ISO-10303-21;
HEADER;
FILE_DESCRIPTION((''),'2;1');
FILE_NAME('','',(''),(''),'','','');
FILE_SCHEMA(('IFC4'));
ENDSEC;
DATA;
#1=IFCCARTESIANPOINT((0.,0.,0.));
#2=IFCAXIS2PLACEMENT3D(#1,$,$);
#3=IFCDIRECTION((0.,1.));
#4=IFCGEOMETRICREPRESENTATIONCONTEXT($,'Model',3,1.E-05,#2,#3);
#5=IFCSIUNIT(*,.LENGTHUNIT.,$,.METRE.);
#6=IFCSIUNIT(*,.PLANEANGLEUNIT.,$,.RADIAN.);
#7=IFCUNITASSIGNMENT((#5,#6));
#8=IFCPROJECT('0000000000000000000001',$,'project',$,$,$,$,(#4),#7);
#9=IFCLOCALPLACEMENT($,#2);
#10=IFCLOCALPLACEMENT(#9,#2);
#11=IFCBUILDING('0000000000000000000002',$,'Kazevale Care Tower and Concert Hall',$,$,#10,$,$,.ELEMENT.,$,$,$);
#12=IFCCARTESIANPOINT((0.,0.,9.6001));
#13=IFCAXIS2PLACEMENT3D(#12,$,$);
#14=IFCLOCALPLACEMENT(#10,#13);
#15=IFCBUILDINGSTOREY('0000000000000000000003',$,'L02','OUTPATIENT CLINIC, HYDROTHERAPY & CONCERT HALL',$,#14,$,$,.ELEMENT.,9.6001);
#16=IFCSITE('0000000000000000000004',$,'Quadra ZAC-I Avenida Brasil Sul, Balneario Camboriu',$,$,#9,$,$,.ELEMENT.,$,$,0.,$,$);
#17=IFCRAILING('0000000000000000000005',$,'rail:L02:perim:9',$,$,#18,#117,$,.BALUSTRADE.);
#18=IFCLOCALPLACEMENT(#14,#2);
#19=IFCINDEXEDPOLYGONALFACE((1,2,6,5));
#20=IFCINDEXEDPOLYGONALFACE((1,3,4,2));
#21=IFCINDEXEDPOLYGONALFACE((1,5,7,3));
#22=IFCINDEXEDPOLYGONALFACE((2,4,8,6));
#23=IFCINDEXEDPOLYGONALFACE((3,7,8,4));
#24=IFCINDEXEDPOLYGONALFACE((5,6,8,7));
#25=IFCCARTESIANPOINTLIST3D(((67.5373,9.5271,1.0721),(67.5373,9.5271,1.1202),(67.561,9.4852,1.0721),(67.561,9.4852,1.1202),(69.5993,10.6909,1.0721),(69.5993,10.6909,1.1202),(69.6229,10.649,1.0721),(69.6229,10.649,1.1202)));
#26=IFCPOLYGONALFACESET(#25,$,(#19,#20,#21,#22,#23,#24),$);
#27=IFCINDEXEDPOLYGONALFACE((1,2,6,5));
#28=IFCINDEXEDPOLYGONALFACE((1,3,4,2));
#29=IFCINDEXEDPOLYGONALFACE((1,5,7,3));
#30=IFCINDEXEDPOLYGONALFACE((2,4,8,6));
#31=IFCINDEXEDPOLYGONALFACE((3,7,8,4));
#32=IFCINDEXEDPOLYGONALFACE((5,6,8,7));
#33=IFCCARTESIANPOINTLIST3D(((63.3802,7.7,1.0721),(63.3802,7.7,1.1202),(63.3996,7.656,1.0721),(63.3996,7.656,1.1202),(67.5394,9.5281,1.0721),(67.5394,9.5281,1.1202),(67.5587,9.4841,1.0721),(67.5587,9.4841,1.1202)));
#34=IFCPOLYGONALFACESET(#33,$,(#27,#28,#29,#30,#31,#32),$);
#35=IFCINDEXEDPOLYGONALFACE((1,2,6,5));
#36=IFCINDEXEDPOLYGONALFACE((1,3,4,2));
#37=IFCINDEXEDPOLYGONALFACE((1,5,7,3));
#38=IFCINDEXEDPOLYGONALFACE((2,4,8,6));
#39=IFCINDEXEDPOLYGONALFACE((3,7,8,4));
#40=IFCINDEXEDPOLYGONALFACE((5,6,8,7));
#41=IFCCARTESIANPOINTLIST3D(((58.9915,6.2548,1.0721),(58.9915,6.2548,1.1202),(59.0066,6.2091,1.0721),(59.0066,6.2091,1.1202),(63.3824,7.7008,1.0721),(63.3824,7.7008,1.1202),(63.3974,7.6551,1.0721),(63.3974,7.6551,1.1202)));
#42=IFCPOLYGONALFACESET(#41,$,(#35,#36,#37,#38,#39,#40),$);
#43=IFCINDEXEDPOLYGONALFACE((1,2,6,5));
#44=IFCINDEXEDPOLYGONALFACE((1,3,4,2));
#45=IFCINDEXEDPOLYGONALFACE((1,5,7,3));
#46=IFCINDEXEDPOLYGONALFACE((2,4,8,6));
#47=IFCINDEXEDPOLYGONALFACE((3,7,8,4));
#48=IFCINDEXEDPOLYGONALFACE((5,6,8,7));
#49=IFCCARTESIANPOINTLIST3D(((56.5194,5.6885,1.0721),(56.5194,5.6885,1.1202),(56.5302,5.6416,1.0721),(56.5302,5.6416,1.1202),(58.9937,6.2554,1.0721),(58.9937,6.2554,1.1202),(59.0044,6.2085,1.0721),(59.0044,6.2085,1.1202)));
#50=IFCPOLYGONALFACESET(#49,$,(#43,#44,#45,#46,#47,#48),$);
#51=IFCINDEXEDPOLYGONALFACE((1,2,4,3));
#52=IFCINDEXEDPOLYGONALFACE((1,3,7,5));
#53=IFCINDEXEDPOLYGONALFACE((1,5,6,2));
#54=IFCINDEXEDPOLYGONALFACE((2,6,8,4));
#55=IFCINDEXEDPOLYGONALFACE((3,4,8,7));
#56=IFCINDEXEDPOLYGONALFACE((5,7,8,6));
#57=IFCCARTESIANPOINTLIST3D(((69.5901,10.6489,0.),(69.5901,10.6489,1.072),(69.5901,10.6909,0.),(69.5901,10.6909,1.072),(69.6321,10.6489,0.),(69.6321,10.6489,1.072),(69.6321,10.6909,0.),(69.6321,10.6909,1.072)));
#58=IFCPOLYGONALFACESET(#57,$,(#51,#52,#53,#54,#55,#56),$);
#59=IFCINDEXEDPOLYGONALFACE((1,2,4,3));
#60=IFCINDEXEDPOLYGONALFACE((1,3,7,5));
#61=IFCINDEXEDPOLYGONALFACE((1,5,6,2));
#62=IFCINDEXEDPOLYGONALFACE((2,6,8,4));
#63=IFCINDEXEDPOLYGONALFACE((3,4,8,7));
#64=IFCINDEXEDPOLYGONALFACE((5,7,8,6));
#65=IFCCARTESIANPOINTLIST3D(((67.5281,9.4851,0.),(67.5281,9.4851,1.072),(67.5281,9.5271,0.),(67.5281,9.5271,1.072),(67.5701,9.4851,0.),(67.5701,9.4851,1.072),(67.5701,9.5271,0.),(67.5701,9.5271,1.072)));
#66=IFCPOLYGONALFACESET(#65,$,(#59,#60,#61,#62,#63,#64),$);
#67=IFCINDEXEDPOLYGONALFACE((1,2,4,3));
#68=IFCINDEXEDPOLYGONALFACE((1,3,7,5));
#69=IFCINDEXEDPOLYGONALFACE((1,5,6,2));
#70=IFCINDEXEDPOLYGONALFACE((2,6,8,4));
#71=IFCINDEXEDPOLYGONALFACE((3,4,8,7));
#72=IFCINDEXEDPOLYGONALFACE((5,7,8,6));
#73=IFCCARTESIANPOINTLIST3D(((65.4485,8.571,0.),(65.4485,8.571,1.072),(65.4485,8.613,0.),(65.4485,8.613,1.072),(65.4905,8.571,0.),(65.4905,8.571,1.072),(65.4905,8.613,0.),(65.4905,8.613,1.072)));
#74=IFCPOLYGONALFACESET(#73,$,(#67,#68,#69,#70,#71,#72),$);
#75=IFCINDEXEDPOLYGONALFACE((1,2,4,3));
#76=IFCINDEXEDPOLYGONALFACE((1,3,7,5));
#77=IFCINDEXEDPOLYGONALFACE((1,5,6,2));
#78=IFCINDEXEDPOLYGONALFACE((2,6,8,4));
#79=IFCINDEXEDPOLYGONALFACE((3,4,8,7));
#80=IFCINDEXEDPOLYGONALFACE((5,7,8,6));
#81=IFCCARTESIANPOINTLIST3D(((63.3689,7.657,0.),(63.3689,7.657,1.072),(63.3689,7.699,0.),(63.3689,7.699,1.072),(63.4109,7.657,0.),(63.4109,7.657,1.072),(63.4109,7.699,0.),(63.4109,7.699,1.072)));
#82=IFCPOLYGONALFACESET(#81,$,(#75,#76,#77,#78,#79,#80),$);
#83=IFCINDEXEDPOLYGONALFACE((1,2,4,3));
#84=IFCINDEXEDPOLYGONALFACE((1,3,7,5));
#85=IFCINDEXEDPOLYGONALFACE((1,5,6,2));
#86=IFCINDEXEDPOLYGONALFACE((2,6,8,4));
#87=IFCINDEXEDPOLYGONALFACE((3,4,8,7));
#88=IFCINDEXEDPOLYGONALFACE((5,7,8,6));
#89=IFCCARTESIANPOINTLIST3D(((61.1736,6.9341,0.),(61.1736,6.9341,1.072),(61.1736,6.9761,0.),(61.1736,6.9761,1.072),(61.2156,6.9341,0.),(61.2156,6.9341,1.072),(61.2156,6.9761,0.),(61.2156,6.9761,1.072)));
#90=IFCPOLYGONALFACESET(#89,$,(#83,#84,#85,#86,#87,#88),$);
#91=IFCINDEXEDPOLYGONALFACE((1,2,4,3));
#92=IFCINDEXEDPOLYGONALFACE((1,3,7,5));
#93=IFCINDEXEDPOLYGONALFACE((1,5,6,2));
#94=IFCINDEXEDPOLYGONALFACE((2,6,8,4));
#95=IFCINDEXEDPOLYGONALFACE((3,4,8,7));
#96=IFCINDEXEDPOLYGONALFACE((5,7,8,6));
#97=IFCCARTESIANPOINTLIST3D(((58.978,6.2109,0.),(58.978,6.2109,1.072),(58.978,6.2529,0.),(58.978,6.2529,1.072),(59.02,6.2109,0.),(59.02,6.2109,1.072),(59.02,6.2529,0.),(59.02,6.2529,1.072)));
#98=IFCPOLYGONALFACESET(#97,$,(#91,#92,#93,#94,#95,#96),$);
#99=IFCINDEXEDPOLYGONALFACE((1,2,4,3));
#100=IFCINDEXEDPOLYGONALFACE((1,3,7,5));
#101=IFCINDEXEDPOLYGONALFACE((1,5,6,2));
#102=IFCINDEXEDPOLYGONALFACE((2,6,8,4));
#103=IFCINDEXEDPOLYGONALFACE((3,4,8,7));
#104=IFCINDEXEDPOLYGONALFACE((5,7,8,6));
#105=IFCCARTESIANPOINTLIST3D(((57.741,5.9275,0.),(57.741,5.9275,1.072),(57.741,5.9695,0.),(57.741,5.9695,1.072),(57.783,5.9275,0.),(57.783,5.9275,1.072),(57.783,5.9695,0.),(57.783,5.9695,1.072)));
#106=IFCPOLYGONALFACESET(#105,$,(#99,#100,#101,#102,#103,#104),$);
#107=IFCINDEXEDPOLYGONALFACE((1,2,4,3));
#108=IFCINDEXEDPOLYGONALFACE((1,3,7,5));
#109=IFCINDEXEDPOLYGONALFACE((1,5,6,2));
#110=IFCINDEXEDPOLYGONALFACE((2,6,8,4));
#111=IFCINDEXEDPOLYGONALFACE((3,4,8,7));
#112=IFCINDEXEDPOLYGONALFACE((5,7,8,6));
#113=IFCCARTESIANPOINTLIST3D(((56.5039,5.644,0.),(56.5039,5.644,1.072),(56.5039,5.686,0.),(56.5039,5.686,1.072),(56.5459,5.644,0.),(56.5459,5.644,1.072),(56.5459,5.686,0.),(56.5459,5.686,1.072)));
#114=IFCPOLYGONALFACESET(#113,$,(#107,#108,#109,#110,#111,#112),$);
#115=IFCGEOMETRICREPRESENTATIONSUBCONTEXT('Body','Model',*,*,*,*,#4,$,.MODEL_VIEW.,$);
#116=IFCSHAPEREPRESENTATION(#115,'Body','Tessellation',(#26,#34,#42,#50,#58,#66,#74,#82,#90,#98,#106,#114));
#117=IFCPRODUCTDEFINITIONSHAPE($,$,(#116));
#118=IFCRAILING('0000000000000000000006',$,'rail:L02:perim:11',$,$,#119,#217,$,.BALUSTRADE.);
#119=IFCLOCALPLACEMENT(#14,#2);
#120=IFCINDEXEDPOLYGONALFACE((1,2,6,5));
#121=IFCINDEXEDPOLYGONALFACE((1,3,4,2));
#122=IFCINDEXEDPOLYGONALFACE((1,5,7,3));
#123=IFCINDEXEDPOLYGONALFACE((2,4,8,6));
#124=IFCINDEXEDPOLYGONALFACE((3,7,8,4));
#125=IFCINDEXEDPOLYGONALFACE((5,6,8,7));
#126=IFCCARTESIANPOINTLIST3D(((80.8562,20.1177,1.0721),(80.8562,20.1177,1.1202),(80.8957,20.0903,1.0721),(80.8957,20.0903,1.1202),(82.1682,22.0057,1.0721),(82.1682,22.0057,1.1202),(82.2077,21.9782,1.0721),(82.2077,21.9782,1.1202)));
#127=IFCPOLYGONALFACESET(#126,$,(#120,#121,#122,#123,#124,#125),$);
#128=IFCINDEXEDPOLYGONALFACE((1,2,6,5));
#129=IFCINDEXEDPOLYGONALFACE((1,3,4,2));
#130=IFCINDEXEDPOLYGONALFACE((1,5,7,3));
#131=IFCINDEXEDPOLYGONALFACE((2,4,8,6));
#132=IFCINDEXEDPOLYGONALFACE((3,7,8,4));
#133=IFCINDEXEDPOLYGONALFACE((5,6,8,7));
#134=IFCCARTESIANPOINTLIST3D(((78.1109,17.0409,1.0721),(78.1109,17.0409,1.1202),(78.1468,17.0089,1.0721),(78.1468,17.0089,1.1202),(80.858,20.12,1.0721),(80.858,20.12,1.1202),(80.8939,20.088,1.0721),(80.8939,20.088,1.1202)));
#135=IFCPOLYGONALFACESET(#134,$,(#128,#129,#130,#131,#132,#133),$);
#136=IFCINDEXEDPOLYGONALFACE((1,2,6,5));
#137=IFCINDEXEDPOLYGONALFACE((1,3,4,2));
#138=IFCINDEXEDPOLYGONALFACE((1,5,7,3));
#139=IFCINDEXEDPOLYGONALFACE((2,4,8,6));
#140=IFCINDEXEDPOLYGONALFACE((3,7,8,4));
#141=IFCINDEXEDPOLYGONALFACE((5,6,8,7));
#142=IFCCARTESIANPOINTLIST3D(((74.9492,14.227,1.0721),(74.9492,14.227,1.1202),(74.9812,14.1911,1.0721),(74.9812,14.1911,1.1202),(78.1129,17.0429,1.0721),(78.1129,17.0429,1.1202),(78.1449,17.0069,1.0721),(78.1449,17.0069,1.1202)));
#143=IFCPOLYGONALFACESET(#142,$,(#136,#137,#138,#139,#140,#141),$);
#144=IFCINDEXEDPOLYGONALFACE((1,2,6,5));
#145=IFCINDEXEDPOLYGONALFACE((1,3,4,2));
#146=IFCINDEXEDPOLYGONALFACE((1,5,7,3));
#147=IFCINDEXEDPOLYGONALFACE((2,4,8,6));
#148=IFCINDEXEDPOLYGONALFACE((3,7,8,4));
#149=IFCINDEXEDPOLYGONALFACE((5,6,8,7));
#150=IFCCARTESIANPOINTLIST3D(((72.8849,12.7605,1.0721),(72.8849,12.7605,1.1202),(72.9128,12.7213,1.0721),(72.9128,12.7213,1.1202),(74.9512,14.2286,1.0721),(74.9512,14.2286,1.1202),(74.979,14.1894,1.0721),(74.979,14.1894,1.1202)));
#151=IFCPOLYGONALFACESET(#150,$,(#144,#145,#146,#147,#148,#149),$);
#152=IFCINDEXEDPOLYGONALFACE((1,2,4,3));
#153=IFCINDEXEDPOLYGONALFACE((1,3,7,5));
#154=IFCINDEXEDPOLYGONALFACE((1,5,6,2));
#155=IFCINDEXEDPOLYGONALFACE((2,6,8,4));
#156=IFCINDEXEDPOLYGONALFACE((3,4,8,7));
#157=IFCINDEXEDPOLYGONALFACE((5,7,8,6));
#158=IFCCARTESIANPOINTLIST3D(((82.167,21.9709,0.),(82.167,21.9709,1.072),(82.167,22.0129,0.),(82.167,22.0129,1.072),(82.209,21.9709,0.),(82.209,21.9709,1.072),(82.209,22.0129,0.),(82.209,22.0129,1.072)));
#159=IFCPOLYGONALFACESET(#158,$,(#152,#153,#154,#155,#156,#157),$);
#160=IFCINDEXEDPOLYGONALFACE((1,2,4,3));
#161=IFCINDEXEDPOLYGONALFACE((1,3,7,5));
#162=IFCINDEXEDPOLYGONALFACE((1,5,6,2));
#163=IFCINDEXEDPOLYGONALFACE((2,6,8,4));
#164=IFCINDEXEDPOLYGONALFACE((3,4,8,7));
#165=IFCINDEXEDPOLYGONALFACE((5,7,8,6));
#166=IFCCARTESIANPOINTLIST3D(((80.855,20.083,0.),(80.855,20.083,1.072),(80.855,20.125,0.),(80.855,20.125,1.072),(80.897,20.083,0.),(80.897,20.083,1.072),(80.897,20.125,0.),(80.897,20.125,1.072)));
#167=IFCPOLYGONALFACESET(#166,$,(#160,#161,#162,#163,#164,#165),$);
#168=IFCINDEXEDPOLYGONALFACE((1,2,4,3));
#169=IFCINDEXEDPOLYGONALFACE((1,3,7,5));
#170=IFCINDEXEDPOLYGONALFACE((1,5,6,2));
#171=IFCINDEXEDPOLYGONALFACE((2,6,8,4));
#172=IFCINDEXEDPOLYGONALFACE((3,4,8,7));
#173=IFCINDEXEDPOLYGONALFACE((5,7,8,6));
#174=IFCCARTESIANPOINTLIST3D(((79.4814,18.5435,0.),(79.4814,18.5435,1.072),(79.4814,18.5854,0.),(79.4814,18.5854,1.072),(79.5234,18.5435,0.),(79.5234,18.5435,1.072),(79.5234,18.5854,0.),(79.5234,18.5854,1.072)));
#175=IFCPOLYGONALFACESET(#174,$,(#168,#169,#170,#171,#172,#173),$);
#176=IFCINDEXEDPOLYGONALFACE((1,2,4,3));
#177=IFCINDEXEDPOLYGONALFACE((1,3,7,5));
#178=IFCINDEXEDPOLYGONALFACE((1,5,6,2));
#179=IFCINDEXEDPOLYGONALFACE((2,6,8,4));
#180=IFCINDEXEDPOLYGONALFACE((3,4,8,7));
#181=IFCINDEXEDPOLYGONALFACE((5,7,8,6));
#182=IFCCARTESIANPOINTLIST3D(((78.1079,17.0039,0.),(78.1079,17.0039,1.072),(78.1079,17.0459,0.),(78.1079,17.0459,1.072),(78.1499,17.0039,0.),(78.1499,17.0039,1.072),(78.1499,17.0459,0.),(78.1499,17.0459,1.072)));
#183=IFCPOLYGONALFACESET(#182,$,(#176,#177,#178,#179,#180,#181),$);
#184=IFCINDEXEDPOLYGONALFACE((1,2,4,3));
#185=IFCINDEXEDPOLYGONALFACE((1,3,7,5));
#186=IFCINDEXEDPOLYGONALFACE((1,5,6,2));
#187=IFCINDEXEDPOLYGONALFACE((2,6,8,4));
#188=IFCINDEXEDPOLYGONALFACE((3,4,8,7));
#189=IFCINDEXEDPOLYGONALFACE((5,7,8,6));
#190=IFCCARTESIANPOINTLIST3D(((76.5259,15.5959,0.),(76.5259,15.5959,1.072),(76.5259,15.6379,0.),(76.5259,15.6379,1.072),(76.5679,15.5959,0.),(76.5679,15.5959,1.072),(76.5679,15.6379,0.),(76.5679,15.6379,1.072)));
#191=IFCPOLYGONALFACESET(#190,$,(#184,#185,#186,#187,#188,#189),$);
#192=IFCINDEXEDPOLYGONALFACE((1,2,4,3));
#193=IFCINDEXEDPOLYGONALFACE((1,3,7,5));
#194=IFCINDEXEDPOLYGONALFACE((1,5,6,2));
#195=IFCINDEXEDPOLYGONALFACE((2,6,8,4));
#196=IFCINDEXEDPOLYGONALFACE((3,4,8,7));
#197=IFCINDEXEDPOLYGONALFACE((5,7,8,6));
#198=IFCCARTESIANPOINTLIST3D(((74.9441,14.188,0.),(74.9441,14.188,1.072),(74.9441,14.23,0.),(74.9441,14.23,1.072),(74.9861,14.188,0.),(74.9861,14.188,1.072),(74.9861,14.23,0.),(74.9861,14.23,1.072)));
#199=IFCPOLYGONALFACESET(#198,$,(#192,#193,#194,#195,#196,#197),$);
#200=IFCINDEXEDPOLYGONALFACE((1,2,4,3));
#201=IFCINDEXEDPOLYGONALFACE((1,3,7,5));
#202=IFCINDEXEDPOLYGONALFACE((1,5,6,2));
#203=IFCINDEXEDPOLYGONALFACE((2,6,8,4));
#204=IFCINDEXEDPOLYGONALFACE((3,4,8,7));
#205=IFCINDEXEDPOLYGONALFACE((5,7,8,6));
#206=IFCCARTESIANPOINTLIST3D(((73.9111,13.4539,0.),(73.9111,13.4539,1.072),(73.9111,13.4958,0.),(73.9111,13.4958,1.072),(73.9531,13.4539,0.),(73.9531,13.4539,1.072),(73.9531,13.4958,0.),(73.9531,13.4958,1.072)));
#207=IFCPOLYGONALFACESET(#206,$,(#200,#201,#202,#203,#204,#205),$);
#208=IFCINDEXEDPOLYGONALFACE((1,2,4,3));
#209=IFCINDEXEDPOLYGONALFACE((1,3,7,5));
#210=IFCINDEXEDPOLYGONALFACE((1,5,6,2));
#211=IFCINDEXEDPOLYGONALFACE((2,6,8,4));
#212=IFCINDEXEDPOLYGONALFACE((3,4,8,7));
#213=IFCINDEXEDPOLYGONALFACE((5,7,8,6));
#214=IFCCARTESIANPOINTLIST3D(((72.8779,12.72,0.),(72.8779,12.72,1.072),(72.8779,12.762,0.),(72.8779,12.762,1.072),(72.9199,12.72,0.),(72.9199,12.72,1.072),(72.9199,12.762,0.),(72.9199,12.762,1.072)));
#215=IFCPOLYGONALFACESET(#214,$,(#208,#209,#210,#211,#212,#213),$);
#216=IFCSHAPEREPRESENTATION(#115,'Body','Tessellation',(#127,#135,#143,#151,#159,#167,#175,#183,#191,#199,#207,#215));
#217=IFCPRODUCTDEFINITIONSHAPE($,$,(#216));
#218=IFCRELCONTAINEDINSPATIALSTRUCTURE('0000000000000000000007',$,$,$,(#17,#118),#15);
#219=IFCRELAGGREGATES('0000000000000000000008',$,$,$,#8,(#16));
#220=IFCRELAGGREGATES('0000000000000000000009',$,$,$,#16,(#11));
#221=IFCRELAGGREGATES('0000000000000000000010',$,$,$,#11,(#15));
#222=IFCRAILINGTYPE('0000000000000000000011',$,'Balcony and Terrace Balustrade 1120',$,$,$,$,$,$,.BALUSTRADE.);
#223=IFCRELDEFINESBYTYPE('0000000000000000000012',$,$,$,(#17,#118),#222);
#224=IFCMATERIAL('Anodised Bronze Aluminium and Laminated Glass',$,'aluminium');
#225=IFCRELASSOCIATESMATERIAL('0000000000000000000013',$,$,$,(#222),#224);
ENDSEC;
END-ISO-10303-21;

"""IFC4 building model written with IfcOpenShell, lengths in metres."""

from ifc_helpers import new_model, si_unit, direction, frame, origin, origin_2d, place, context, subcontext, project, spatial, rectangle, extrude, material, type_object, element, save


model = new_model("IFC4")

# Units and contexts
model_context = context("Model", 3, precision=1e-05, world=origin(), true_north=direction((0.0, 1.0)))
body_context = subcontext(model_context, "Body", "Model", "MODEL_VIEW")
ifc_project = project(units=[si_unit("LENGTHUNIT", "METRE"), si_unit("PLANEANGLEUNIT", "RADIAN")], contexts=[model_context])

# Site, building, storey
site_placement = place(None, origin())
site = spatial("IfcSite", under=ifc_project, at=site_placement, Name="Quadra ZAC-I Avenida Brasil Sul, Balneario Camboriu", CompositionType="ELEMENT", RefElevation=0.0)
building_placement = place(site_placement, origin())
building = spatial("IfcBuilding", under=site, at=building_placement, Name="Kazevale Care Tower and Concert Hall", CompositionType="ELEMENT")
storey_placement = place(building_placement, frame((0.0, 0.0, 9.6001)))
storey = spatial("IfcBuildingStorey", under=building, at=storey_placement, Name="L02", Description="OUTPATIENT CLINIC, HYDROTHERAPY & CONCERT HALL", CompositionType="ELEMENT", Elevation=9.6001)

# Railings
ifc_material_1 = material(Name="Anodised Bronze Aluminium and Laminated Glass", Category="aluminium")
railing_type_1 = type_object("IfcRailingType", Name="Balcony and Terrace Balustrade 1120", PredefinedType="BALUSTRADE", material=ifc_material_1)
railing_1_placement = place(storey_placement, frame((69.6111, 10.6699, 0.0)))
element("IfcRailing", 1, at=railing_1_placement, inside=storey, type_object=railing_type_1, Name="rail:L02:perim:9", PredefinedType="BALUSTRADE", context=body_context, shape_type="SweptSolid", body=[
    extrude(rectangle(XDim=0.0481, YDim=0.0481, at=origin_2d()), frame((0.0, 0.0, 1.0962), z_axis=(-0.870864, -0.491524, 0.0), x_axis=(0.491524, -0.870864, 0.0)), (0.0, 0.0, 1.0), 2.3677),
    extrude(rectangle(XDim=0.0481, YDim=0.0481, at=origin_2d()), frame((-2.062, -1.1638, 1.0962), z_axis=(-0.91547, -0.402386, 0.0), x_axis=(0.402386, -0.91547, 0.0)), (0.0, 0.0, 1.0), 4.5432),
    extrude(rectangle(XDim=0.0481, YDim=0.0481, at=origin_2d()), frame((-6.2212, -2.9919, 1.0962), z_axis=(-0.949818, -0.312804, 0.0), x_axis=(0.312804, -0.949818, 0.0)), (0.0, 0.0, 1.0), 4.6228),
    extrude(rectangle(XDim=0.0481, YDim=0.0481, at=origin_2d()), frame((-10.6121, -4.438, 1.0962), z_axis=(-0.97474, -0.223342, 0.0), x_axis=(0.223342, -0.97474, 0.0)), (0.0, 0.0, 1.0), 2.5383),
    extrude(rectangle(XDim=0.042, YDim=0.042, at=origin_2d()), origin(), (0.0, 0.0, 1.0), 1.072),
    extrude(rectangle(XDim=0.042, YDim=0.042, at=origin_2d()), frame((-2.062, -1.1638, 0.0)), (0.0, 0.0, 1.0), 1.072),
    extrude(rectangle(XDim=0.042, YDim=0.042, at=origin_2d()), frame((-4.1416, -2.0779, 0.0)), (0.0, 0.0, 1.0), 1.072),
    extrude(rectangle(XDim=0.042, YDim=0.042, at=origin_2d()), frame((-6.2212, -2.9919, 0.0)), (0.0, 0.0, 1.0), 1.072),
    extrude(rectangle(XDim=0.042, YDim=0.042, at=origin_2d()), frame((-8.4165, -3.7148, 0.0)), (0.0, 0.0, 1.0), 1.072),
    extrude(rectangle(XDim=0.042, YDim=0.042, at=origin_2d()), frame((-10.6121, -4.438, 0.0)), (0.0, 0.0, 1.0), 1.072),
    extrude(rectangle(XDim=0.042, YDim=0.042, at=origin_2d()), frame((-11.8491, -4.7214, 0.0)), (0.0, 0.0, 1.0), 1.072),
    extrude(rectangle(XDim=0.042, YDim=0.042, at=origin_2d()), frame((-13.0862, -5.0049, 0.0)), (0.0, 0.0, 1.0), 1.072),
])
railing_2_placement = place(storey_placement, frame((82.188, 21.9919, 0.0)))
element("IfcRailing", 2, at=railing_2_placement, inside=storey, type_object=railing_type_1, Name="rail:L02:perim:11", PredefinedType="BALUSTRADE", context=body_context, shape_type="SweptSolid", body=[
    extrude(rectangle(XDim=0.0481, YDim=0.0481, at=origin_2d()), frame((0.0, 0.0, 1.0962), z_axis=(-0.570672, -0.821178, 0.0), x_axis=(0.821178, -0.570672, 0.0)), (0.0, 0.0, 1.0), 2.2991),
    extrude(rectangle(XDim=0.0481, YDim=0.0481, at=origin_2d()), frame((-1.312, -1.8879, 1.0962), z_axis=(-0.665729, -0.746194, 0.0), x_axis=(0.746194, -0.665729, 0.0)), (0.0, 0.0, 1.0), 4.1265),
    extrude(rectangle(XDim=0.0481, YDim=0.0481, at=origin_2d()), frame((-4.0591, -4.967, 1.0962), z_axis=(-0.746983, -0.664843, 0.0), x_axis=(0.664843, -0.746983, 0.0)), (0.0, 0.0, 1.0), 4.2354),
    extrude(rectangle(XDim=0.0481, YDim=0.0481, at=origin_2d()), frame((-7.2229, -7.783, 1.0962), z_axis=(-0.815189, -0.579195, 0.0), x_axis=(0.579195, -0.815189, 0.0)), (0.0, 0.0, 1.0), 2.5347),
    extrude(rectangle(XDim=0.042, YDim=0.042, at=origin_2d()), origin(), (0.0, 0.0, 1.0), 1.072),
    extrude(rectangle(XDim=0.042, YDim=0.042, at=origin_2d()), frame((-1.312, -1.8879, 0.0)), (0.0, 0.0, 1.0), 1.072),
    extrude(rectangle(XDim=0.042, YDim=0.042, at=origin_2d()), frame((-2.6855, -3.4275, 0.0)), (0.0, 0.0, 1.0), 1.072),
    extrude(rectangle(XDim=0.042, YDim=0.042, at=origin_2d()), frame((-4.0591, -4.967, 0.0)), (0.0, 0.0, 1.0), 1.072),
    extrude(rectangle(XDim=0.042, YDim=0.042, at=origin_2d()), frame((-5.6411, -6.375, 0.0)), (0.0, 0.0, 1.0), 1.072),
    extrude(rectangle(XDim=0.042, YDim=0.042, at=origin_2d()), frame((-7.2229, -7.783, 0.0)), (0.0, 0.0, 1.0), 1.072),
    extrude(rectangle(XDim=0.042, YDim=0.042, at=origin_2d()), frame((-8.2559, -8.5171, 0.0)), (0.0, 0.0, 1.0), 1.072),
    extrude(rectangle(XDim=0.042, YDim=0.042, at=origin_2d()), frame((-9.2891, -9.251, 0.0)), (0.0, 0.0, 1.0), 1.072),
])

save(model, "model.ifc")
